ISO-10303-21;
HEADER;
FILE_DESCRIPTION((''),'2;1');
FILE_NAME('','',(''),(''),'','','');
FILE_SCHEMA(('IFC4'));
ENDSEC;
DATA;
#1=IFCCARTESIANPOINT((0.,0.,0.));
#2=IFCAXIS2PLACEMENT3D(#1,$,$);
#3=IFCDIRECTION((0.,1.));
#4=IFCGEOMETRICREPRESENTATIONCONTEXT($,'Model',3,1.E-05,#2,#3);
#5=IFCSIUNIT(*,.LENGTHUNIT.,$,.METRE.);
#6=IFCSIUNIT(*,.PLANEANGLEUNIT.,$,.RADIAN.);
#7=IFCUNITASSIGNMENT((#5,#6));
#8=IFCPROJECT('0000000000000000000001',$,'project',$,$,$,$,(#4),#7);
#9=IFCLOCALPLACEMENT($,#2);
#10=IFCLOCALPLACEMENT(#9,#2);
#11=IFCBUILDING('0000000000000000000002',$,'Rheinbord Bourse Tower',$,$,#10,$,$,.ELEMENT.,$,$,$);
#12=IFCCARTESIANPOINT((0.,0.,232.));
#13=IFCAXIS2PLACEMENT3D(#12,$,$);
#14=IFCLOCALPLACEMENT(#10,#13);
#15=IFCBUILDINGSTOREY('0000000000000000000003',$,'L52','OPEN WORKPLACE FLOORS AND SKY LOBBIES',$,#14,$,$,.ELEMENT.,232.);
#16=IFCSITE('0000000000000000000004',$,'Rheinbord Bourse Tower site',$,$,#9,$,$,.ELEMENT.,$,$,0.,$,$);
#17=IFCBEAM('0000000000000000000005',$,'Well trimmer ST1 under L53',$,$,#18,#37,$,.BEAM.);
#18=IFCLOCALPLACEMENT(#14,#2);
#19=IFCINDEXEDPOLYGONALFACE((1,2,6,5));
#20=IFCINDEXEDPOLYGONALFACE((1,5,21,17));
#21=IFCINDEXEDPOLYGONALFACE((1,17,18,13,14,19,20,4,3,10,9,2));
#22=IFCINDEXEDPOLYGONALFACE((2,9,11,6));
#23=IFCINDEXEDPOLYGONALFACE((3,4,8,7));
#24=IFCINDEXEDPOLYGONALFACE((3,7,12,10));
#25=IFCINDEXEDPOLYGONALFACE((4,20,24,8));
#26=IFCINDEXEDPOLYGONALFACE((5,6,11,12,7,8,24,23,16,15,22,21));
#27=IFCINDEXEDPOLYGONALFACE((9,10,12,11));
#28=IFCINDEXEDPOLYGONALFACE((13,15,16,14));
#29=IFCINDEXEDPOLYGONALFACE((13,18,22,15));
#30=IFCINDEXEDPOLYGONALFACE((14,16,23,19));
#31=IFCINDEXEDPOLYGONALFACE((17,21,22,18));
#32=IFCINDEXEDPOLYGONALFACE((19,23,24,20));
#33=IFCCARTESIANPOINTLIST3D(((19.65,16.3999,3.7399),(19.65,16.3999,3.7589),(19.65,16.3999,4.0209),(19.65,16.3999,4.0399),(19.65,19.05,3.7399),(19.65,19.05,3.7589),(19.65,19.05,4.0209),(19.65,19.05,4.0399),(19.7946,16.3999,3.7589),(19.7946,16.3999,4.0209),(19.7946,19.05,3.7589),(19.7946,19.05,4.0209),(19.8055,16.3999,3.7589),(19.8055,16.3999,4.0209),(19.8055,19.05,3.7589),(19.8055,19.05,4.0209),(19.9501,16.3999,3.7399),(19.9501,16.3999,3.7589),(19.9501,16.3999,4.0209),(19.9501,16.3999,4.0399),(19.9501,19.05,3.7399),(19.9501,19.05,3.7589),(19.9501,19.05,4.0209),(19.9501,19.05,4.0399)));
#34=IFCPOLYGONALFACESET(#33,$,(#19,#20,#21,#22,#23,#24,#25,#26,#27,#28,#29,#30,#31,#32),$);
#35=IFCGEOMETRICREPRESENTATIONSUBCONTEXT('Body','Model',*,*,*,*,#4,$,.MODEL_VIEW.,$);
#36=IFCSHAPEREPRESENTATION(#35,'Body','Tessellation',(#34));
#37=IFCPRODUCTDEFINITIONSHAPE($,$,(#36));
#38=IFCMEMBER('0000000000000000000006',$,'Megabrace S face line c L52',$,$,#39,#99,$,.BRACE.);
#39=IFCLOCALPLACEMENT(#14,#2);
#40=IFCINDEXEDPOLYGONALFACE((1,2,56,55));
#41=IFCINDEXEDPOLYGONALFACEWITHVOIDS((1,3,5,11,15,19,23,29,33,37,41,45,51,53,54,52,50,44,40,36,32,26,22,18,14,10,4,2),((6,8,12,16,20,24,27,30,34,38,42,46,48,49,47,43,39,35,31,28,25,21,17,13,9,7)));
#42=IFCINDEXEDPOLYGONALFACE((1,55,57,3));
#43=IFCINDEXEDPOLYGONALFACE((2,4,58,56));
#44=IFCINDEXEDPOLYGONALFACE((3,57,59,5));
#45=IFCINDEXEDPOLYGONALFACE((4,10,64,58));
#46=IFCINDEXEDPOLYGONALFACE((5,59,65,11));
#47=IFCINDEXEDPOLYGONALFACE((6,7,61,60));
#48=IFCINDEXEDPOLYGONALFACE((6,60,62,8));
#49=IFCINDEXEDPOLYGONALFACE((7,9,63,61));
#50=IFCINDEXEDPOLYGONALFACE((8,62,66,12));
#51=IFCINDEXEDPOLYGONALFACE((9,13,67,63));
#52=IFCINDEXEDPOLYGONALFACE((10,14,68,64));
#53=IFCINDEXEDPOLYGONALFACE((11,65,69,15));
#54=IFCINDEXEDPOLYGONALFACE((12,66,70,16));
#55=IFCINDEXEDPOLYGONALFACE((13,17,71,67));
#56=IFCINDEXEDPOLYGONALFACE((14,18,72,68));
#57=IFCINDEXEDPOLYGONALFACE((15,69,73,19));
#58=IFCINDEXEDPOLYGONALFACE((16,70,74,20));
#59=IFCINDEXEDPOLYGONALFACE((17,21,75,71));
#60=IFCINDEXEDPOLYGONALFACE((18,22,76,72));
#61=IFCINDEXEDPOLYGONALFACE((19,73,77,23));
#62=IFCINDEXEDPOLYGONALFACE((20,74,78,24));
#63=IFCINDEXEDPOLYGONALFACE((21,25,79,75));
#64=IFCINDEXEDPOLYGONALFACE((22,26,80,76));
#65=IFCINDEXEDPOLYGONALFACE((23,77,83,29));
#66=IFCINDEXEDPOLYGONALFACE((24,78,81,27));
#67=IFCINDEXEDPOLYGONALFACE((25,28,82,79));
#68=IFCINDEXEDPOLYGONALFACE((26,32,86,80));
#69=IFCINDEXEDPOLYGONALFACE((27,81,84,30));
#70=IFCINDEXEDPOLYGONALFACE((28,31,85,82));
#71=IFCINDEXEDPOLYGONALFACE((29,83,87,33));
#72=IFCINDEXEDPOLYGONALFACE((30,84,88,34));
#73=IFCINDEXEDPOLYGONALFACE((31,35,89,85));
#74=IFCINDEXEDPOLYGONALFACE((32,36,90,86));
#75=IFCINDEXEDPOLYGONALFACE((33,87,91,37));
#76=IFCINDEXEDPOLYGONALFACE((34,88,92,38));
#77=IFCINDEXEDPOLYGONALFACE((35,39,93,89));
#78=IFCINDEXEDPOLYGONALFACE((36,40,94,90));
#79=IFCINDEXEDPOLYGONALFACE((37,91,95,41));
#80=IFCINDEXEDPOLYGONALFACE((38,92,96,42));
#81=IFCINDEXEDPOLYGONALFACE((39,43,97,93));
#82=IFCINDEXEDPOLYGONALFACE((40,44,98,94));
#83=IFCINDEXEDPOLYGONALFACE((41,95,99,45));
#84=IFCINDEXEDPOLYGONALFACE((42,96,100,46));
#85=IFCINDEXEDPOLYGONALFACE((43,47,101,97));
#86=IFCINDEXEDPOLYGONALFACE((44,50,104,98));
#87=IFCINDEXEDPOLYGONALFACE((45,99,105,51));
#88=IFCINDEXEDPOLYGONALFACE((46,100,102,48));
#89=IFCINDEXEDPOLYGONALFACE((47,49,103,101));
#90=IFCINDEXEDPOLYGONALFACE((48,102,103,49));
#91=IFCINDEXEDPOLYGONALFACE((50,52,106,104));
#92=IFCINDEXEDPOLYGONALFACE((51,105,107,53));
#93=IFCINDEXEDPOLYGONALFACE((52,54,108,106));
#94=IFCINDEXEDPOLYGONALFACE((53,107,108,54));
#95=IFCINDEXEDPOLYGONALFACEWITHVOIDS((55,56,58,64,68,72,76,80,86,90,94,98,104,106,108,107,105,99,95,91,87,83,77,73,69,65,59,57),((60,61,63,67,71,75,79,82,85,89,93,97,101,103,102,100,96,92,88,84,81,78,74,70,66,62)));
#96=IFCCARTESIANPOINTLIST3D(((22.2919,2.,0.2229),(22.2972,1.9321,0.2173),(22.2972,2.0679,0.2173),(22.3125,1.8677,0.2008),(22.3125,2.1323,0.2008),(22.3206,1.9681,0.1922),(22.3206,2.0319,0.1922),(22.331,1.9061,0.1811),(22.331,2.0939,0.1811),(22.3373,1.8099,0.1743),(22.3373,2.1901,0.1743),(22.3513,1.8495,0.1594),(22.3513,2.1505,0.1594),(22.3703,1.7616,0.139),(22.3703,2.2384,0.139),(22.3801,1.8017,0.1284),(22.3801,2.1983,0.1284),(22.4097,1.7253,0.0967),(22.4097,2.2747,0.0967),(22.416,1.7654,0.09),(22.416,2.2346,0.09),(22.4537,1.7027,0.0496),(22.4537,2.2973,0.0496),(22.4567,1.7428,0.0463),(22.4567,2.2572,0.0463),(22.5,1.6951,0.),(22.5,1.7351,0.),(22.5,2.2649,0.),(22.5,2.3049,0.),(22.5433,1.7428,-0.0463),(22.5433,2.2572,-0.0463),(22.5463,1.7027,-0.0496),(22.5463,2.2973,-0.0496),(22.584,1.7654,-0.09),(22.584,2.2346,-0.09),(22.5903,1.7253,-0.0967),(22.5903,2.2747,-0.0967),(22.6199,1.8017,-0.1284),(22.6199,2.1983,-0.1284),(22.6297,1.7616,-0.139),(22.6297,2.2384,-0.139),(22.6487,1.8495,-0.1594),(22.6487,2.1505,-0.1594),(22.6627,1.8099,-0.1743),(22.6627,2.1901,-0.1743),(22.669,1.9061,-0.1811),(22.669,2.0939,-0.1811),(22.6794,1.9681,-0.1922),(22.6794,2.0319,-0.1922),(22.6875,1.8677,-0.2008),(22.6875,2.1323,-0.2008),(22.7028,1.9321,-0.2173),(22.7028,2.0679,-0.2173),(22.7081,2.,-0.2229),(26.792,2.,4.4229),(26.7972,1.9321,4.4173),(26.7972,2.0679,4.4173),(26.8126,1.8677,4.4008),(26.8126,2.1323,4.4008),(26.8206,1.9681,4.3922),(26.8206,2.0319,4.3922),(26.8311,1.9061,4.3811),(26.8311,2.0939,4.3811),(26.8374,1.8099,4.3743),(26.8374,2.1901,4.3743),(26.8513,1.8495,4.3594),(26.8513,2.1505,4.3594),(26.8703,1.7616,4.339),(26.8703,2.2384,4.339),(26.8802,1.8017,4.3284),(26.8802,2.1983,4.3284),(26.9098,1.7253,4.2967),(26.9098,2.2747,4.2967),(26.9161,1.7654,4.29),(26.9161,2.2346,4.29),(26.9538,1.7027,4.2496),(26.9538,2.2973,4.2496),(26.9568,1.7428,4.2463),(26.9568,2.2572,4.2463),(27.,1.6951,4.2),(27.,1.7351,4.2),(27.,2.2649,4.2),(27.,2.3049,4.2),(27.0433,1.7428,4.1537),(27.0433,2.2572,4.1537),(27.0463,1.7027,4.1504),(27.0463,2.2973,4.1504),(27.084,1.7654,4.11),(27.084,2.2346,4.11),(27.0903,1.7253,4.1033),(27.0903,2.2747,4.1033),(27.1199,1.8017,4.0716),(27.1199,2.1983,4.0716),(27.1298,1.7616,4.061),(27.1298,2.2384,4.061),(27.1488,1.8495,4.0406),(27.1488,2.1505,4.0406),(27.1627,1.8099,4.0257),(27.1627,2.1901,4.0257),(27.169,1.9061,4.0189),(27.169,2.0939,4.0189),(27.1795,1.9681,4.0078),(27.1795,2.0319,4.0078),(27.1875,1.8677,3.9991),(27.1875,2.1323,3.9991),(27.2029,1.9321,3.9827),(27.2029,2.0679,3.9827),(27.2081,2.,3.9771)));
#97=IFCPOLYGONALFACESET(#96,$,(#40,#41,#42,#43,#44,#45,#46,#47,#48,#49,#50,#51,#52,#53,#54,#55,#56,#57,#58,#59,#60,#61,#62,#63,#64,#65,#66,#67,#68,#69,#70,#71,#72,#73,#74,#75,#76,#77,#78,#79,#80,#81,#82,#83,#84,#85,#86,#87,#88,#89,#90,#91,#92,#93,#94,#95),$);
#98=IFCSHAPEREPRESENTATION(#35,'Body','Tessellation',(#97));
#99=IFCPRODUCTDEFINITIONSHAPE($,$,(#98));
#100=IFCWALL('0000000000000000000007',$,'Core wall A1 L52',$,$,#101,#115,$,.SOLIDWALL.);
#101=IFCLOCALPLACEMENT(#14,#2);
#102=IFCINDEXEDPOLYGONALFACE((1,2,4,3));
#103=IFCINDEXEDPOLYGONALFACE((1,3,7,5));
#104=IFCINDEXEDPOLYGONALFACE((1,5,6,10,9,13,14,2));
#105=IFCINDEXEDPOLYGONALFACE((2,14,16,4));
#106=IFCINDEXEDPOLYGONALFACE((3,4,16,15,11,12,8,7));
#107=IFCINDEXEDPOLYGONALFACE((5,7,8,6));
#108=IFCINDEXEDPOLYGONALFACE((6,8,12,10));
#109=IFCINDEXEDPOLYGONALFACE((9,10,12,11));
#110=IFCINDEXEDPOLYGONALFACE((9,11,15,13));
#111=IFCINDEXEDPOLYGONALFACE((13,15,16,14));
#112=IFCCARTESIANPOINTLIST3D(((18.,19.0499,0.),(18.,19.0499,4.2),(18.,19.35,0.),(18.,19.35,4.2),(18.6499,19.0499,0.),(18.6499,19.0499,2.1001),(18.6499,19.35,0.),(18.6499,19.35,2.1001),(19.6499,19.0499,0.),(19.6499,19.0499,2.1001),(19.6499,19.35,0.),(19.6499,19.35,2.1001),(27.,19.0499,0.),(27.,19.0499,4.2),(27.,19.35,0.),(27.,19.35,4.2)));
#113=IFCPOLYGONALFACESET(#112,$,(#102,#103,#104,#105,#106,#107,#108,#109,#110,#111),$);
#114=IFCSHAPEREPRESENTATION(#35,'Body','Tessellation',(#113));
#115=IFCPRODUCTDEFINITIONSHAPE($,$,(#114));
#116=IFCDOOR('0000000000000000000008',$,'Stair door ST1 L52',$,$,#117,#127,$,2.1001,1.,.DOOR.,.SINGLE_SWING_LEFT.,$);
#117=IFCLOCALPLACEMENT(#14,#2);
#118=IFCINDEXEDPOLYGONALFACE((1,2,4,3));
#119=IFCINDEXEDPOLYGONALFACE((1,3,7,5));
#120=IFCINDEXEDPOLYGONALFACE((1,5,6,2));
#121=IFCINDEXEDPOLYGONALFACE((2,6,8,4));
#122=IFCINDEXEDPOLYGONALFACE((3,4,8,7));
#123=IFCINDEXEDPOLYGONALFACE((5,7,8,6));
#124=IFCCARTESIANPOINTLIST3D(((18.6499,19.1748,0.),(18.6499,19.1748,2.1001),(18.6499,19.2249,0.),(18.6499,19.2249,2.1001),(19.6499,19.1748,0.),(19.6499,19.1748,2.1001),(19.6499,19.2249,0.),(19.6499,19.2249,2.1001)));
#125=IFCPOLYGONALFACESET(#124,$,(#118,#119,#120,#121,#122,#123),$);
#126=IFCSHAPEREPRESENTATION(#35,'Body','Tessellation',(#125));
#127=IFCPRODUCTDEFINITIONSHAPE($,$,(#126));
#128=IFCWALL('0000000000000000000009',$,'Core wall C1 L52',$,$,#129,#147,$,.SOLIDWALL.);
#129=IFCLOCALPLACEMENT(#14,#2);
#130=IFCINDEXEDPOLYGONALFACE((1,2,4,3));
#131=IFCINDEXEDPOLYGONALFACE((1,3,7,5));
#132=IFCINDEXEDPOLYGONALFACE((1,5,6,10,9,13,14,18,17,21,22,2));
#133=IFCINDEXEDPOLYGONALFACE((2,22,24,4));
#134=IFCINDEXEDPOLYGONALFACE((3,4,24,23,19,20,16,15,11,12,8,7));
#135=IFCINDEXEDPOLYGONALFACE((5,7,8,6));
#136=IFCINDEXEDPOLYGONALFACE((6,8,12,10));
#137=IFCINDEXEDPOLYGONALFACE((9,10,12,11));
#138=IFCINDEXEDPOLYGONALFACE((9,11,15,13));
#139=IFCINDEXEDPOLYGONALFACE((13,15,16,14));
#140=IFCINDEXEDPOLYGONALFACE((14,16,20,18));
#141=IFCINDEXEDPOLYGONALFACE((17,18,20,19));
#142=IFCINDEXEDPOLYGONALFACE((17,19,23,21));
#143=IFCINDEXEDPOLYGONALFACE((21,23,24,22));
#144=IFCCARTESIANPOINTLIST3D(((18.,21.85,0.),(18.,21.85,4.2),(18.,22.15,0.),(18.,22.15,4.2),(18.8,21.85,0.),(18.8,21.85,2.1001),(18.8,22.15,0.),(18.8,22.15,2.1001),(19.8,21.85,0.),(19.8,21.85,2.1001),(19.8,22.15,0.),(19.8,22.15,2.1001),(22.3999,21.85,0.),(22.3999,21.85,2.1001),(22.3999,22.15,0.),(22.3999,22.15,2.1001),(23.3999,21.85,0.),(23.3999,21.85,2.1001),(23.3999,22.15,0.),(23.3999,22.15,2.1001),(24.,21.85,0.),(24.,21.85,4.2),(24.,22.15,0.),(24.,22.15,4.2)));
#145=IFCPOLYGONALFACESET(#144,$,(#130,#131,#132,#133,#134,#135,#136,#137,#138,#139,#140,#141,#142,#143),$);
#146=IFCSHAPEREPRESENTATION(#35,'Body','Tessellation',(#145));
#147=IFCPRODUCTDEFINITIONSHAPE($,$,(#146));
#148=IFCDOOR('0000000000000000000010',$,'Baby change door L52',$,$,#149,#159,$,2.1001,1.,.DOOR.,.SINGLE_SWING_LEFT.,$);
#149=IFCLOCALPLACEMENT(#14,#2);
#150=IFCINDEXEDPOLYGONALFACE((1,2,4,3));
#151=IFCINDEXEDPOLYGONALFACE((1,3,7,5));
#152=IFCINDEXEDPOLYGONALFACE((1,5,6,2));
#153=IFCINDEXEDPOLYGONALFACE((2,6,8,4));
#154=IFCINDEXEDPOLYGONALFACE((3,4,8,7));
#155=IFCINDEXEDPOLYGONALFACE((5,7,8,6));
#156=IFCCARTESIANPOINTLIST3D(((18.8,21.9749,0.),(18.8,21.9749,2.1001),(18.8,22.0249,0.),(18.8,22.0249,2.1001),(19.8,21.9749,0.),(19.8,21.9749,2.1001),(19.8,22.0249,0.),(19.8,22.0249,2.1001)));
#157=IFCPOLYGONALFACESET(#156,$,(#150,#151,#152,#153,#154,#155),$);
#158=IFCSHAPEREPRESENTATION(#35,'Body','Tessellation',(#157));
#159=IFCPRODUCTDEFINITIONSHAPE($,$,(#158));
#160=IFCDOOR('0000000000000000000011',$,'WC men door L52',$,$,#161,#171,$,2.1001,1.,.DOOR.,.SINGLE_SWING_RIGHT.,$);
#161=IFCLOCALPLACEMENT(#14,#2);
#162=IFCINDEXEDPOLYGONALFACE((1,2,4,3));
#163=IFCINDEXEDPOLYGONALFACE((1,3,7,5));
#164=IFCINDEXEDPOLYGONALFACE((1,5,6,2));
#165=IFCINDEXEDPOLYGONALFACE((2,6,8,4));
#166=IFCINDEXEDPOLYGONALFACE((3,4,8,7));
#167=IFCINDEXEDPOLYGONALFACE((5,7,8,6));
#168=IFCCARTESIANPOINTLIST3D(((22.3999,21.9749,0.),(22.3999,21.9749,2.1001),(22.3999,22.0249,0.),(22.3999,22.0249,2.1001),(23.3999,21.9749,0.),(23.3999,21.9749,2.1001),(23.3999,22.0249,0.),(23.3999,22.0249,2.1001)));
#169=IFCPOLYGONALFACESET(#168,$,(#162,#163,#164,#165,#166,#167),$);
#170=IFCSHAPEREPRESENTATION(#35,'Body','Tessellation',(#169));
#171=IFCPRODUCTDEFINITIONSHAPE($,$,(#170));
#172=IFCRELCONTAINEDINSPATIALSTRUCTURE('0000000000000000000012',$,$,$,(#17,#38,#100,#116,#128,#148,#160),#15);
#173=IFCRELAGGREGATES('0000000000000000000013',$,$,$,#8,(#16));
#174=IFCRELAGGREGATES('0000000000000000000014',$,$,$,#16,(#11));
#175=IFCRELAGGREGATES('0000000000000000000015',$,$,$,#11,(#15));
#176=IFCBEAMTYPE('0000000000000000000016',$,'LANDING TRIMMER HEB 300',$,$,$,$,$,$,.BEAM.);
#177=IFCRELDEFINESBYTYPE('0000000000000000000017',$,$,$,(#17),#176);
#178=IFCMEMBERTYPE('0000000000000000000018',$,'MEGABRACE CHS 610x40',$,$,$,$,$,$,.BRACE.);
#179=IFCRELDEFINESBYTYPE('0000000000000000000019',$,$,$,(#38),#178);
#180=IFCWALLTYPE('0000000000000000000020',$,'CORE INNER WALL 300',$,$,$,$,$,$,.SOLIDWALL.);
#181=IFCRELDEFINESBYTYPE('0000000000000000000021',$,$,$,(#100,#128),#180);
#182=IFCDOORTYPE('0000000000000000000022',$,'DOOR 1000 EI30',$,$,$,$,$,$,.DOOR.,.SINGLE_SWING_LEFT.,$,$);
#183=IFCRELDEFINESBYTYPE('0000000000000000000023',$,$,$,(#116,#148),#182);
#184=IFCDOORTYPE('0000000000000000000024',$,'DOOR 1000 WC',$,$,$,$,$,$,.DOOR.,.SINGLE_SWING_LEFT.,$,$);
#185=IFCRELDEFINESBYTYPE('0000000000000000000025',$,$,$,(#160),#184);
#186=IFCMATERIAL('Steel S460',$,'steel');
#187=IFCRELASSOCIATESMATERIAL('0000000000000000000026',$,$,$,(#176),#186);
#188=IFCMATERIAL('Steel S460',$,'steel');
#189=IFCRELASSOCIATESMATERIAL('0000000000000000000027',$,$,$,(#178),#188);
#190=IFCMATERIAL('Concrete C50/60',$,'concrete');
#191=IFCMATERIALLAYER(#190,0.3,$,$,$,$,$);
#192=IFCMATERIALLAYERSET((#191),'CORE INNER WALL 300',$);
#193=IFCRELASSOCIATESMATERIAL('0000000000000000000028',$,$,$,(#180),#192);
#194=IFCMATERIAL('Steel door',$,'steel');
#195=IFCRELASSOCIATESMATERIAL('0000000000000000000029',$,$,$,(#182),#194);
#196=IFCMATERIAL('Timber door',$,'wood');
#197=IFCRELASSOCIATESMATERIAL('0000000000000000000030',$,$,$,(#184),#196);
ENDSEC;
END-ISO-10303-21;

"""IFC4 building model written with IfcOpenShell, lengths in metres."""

from ifc_helpers import new_model, si_unit, direction, frame, frame_2d, origin, origin_2d, place, context, subcontext, project, spatial, rectangle, hollow_circle, i_section, extrude, material, layer, layer_set, material_profile, profile_set, type_object, element, fill, save


model = new_model("IFC4")

# Units and contexts
model_context = context("Model", 3, precision=1e-05, world=origin(), true_north=direction((0.0, 1.0)))
body_context = subcontext(model_context, "Body", "Model", "MODEL_VIEW")
ifc_project = project(units=[si_unit("LENGTHUNIT", "METRE"), si_unit("PLANEANGLEUNIT", "RADIAN")], contexts=[model_context])

# Site, building, storey
site_placement = place(None, origin())
site = spatial("IfcSite", under=ifc_project, at=site_placement, Name="Rheinbord Bourse Tower site", CompositionType="ELEMENT", RefElevation=0.0)
building_placement = place(site_placement, origin())
building = spatial("IfcBuilding", under=site, at=building_placement, Name="Rheinbord Bourse Tower", CompositionType="ELEMENT")
storey_placement = place(building_placement, frame((0.0, 0.0, 232.0)))
storey = spatial("IfcBuildingStorey", under=building, at=storey_placement, Name="L52", Description="OPEN WORKPLACE FLOORS AND SKY LOBBIES", CompositionType="ELEMENT", Elevation=232.0)

# Beam
ifc_material_1 = material(Name="Steel S460", Category="steel")
ifc_material_profile_1 = material_profile(ifc_material_1, i_section(OverallWidth=0.3, OverallDepth=0.3, WebThickness=0.011, FlangeThickness=0.019, at=origin_2d()), Name="HEB 300")
ifc_profile_set_1 = profile_set([ifc_material_profile_1], Name="Steel S460")
beam_type = type_object("IfcBeamType", Name="LANDING TRIMMER HEB 300", PredefinedType="BEAM", material=ifc_profile_set_1)
beam_placement = place(storey_placement, frame((19.8, 16.3999, 3.8899), z_axis=(0.0, 1.0, 0.0), x_axis=(-1.0, 0.0, 0.0)))
element("IfcBeam", 1, at=beam_placement, inside=storey, type_object=beam_type, Name="Well trimmer ST1 under L53", PredefinedType="BEAM", context=body_context, shape_type="SweptSolid", body=[
    extrude(i_section(OverallWidth=0.3, OverallDepth=0.3, WebThickness=0.011, FlangeThickness=0.019, at=origin_2d()), origin(), (0.0, 0.0, 1.0), 2.6501),
])

# Member
ifc_material_2 = material(Name="Steel S460", Category="steel")
ifc_material_profile_2 = material_profile(ifc_material_2, hollow_circle(Radius=0.3049, WallThickness=0.04, at=origin_2d()), Name="CHS 610x40")
ifc_profile_set_2 = profile_set([ifc_material_profile_2], Name="Steel S460")
member_type = type_object("IfcMemberType", Name="MEGABRACE CHS 610x40", PredefinedType="BRACE", material=ifc_profile_set_2)
member_placement = place(storey_placement, frame((22.5, 2.0, 0.0), z_axis=(0.731059, 0.0, 0.682314), x_axis=(0.0, 1.0, 0.0)))
element("IfcMember", 2, at=member_placement, inside=storey, type_object=member_type, Name="Megabrace S face line c L52", PredefinedType="BRACE", context=body_context, shape_type="SweptSolid", body=[
    extrude(hollow_circle(Radius=0.3049, WallThickness=0.04, at=origin_2d()), origin(), (0.0, 0.0, 1.0), 6.1555),
])

# Wall, opening, door
ifc_material_3 = material(Name="Concrete C50/60", Category="concrete")
ifc_layer_1 = layer(ifc_material_3, 0.3)
ifc_layer_set_1 = layer_set([ifc_layer_1], Name="CORE INNER WALL 300")
wall_type_1 = type_object("IfcWallType", Name="CORE INNER WALL 300", PredefinedType="SOLIDWALL", material=ifc_layer_set_1)
wall_1_placement = place(storey_placement, frame((18.0, 19.2, 0.0), z_axis=(0.0, 0.0, 1.0), x_axis=(1.0, 0.0, 0.0)))
wall_1 = element("IfcWall", 3, at=wall_1_placement, inside=storey, type_object=wall_type_1, Name="Core wall A1 L52", PredefinedType="SOLIDWALL", context=body_context, shape_type="SweptSolid", body=[
    extrude(rectangle(XDim=9.0, YDim=0.3, at=frame_2d((4.5, 0.0))), origin(), (0.0, 0.0, 1.0), 4.2),
])
opening_1_placement = place(wall_1_placement, frame((0.6499, 0.0, 0.0)))
opening_1 = element("IfcOpeningElement", 4, at=opening_1_placement, cuts=wall_1, PredefinedType="OPENING", context=body_context, shape_type="SweptSolid", body=[
    extrude(rectangle(XDim=1.0, YDim=2.1001, at=frame_2d((0.5, 1.05))), frame((0.0, 0.1599, 0.0), z_axis=(0.0, -1.0, 0.0), x_axis=(1.0, 0.0, 0.0)), (0.0, 0.0, 1.0), 0.3201),
])
ifc_material_4 = material(Name="Steel door", Category="steel")
door_type_1 = type_object("IfcDoorType", Name="DOOR 1000 EI30", OperationType="SINGLE_SWING_LEFT", PredefinedType="DOOR", material=ifc_material_4)
door_1_placement = place(opening_1_placement, origin())
door_1 = element("IfcDoor", 5, at=door_1_placement, inside=storey, type_object=door_type_1, Name="Stair door ST1 L52", OperationType="SINGLE_SWING_LEFT", OverallHeight=2.1001, OverallWidth=1.0, PredefinedType="DOOR", context=body_context, shape_type="SweptSolid", body=[
    extrude(rectangle(XDim=1.0, YDim=2.1001, at=frame_2d((0.5, 1.05))), frame((0.0, 0.0249, 0.0), z_axis=(0.0, -1.0, 0.0), x_axis=(1.0, 0.0, 0.0)), (0.0, 0.0, 1.0), 0.05),
])
fill(opening_1, door_1)

# Wall, openings, doors
wall_2_placement = place(storey_placement, frame((18.0, 22.0, 0.0), z_axis=(0.0, 0.0, 1.0), x_axis=(1.0, 0.0, 0.0)))
wall_2 = element("IfcWall", 6, at=wall_2_placement, inside=storey, type_object=wall_type_1, Name="Core wall C1 L52", PredefinedType="SOLIDWALL", context=body_context, shape_type="SweptSolid", body=[
    extrude(rectangle(XDim=6.0, YDim=0.3, at=frame_2d((3.0, 0.0))), origin(), (0.0, 0.0, 1.0), 4.2),
])
opening_2_placement = place(wall_2_placement, frame((4.3999, 0.0, 0.0)))
opening_2 = element("IfcOpeningElement", 7, at=opening_2_placement, cuts=wall_2, PredefinedType="OPENING", context=body_context, shape_type="SweptSolid", body=[
    extrude(rectangle(XDim=1.0, YDim=2.1001, at=frame_2d((0.5, 1.05))), frame((0.0, 0.1599, 0.0), z_axis=(0.0, -1.0, 0.0), x_axis=(1.0, 0.0, 0.0)), (0.0, 0.0, 1.0), 0.3201),
])
opening_3_placement = place(wall_2_placement, frame((0.8, 0.0, 0.0)))
opening_3 = element("IfcOpeningElement", 8, at=opening_3_placement, cuts=wall_2, PredefinedType="OPENING", context=body_context, shape_type="SweptSolid", body=[
    extrude(rectangle(XDim=1.0, YDim=2.1001, at=frame_2d((0.5, 1.05))), frame((0.0, 0.1599, 0.0), z_axis=(0.0, -1.0, 0.0), x_axis=(1.0, 0.0, 0.0)), (0.0, 0.0, 1.0), 0.3201),
])
door_2_placement = place(opening_3_placement, origin())
door_2 = element("IfcDoor", 9, at=door_2_placement, inside=storey, type_object=door_type_1, Name="Baby change door L52", OperationType="SINGLE_SWING_LEFT", OverallHeight=2.1001, OverallWidth=1.0, PredefinedType="DOOR", context=body_context, shape_type="SweptSolid", body=[
    extrude(rectangle(XDim=1.0, YDim=2.1001, at=frame_2d((0.5, 1.05))), frame((0.0, 0.0249, 0.0), z_axis=(0.0, -1.0, 0.0), x_axis=(1.0, 0.0, 0.0)), (0.0, 0.0, 1.0), 0.05),
])
fill(opening_3, door_2)
ifc_material_5 = material(Name="Timber door", Category="wood")
door_type_2 = type_object("IfcDoorType", Name="DOOR 1000 WC", OperationType="SINGLE_SWING_LEFT", PredefinedType="DOOR", material=ifc_material_5)
door_3_placement = place(opening_2_placement, origin())
door_3 = element("IfcDoor", 10, at=door_3_placement, inside=storey, type_object=door_type_2, Name="WC men door L52", OperationType="SINGLE_SWING_RIGHT", OverallHeight=2.1001, OverallWidth=1.0, PredefinedType="DOOR", context=body_context, shape_type="SweptSolid", body=[
    extrude(rectangle(XDim=1.0, YDim=2.1001, at=frame_2d((0.5, 1.05))), frame((0.0, 0.0249, 0.0), z_axis=(0.0, -1.0, 0.0), x_axis=(1.0, 0.0, 0.0)), (0.0, 0.0, 1.0), 0.05),
])
fill(opening_2, door_3)

save(model, "model.ifc")
